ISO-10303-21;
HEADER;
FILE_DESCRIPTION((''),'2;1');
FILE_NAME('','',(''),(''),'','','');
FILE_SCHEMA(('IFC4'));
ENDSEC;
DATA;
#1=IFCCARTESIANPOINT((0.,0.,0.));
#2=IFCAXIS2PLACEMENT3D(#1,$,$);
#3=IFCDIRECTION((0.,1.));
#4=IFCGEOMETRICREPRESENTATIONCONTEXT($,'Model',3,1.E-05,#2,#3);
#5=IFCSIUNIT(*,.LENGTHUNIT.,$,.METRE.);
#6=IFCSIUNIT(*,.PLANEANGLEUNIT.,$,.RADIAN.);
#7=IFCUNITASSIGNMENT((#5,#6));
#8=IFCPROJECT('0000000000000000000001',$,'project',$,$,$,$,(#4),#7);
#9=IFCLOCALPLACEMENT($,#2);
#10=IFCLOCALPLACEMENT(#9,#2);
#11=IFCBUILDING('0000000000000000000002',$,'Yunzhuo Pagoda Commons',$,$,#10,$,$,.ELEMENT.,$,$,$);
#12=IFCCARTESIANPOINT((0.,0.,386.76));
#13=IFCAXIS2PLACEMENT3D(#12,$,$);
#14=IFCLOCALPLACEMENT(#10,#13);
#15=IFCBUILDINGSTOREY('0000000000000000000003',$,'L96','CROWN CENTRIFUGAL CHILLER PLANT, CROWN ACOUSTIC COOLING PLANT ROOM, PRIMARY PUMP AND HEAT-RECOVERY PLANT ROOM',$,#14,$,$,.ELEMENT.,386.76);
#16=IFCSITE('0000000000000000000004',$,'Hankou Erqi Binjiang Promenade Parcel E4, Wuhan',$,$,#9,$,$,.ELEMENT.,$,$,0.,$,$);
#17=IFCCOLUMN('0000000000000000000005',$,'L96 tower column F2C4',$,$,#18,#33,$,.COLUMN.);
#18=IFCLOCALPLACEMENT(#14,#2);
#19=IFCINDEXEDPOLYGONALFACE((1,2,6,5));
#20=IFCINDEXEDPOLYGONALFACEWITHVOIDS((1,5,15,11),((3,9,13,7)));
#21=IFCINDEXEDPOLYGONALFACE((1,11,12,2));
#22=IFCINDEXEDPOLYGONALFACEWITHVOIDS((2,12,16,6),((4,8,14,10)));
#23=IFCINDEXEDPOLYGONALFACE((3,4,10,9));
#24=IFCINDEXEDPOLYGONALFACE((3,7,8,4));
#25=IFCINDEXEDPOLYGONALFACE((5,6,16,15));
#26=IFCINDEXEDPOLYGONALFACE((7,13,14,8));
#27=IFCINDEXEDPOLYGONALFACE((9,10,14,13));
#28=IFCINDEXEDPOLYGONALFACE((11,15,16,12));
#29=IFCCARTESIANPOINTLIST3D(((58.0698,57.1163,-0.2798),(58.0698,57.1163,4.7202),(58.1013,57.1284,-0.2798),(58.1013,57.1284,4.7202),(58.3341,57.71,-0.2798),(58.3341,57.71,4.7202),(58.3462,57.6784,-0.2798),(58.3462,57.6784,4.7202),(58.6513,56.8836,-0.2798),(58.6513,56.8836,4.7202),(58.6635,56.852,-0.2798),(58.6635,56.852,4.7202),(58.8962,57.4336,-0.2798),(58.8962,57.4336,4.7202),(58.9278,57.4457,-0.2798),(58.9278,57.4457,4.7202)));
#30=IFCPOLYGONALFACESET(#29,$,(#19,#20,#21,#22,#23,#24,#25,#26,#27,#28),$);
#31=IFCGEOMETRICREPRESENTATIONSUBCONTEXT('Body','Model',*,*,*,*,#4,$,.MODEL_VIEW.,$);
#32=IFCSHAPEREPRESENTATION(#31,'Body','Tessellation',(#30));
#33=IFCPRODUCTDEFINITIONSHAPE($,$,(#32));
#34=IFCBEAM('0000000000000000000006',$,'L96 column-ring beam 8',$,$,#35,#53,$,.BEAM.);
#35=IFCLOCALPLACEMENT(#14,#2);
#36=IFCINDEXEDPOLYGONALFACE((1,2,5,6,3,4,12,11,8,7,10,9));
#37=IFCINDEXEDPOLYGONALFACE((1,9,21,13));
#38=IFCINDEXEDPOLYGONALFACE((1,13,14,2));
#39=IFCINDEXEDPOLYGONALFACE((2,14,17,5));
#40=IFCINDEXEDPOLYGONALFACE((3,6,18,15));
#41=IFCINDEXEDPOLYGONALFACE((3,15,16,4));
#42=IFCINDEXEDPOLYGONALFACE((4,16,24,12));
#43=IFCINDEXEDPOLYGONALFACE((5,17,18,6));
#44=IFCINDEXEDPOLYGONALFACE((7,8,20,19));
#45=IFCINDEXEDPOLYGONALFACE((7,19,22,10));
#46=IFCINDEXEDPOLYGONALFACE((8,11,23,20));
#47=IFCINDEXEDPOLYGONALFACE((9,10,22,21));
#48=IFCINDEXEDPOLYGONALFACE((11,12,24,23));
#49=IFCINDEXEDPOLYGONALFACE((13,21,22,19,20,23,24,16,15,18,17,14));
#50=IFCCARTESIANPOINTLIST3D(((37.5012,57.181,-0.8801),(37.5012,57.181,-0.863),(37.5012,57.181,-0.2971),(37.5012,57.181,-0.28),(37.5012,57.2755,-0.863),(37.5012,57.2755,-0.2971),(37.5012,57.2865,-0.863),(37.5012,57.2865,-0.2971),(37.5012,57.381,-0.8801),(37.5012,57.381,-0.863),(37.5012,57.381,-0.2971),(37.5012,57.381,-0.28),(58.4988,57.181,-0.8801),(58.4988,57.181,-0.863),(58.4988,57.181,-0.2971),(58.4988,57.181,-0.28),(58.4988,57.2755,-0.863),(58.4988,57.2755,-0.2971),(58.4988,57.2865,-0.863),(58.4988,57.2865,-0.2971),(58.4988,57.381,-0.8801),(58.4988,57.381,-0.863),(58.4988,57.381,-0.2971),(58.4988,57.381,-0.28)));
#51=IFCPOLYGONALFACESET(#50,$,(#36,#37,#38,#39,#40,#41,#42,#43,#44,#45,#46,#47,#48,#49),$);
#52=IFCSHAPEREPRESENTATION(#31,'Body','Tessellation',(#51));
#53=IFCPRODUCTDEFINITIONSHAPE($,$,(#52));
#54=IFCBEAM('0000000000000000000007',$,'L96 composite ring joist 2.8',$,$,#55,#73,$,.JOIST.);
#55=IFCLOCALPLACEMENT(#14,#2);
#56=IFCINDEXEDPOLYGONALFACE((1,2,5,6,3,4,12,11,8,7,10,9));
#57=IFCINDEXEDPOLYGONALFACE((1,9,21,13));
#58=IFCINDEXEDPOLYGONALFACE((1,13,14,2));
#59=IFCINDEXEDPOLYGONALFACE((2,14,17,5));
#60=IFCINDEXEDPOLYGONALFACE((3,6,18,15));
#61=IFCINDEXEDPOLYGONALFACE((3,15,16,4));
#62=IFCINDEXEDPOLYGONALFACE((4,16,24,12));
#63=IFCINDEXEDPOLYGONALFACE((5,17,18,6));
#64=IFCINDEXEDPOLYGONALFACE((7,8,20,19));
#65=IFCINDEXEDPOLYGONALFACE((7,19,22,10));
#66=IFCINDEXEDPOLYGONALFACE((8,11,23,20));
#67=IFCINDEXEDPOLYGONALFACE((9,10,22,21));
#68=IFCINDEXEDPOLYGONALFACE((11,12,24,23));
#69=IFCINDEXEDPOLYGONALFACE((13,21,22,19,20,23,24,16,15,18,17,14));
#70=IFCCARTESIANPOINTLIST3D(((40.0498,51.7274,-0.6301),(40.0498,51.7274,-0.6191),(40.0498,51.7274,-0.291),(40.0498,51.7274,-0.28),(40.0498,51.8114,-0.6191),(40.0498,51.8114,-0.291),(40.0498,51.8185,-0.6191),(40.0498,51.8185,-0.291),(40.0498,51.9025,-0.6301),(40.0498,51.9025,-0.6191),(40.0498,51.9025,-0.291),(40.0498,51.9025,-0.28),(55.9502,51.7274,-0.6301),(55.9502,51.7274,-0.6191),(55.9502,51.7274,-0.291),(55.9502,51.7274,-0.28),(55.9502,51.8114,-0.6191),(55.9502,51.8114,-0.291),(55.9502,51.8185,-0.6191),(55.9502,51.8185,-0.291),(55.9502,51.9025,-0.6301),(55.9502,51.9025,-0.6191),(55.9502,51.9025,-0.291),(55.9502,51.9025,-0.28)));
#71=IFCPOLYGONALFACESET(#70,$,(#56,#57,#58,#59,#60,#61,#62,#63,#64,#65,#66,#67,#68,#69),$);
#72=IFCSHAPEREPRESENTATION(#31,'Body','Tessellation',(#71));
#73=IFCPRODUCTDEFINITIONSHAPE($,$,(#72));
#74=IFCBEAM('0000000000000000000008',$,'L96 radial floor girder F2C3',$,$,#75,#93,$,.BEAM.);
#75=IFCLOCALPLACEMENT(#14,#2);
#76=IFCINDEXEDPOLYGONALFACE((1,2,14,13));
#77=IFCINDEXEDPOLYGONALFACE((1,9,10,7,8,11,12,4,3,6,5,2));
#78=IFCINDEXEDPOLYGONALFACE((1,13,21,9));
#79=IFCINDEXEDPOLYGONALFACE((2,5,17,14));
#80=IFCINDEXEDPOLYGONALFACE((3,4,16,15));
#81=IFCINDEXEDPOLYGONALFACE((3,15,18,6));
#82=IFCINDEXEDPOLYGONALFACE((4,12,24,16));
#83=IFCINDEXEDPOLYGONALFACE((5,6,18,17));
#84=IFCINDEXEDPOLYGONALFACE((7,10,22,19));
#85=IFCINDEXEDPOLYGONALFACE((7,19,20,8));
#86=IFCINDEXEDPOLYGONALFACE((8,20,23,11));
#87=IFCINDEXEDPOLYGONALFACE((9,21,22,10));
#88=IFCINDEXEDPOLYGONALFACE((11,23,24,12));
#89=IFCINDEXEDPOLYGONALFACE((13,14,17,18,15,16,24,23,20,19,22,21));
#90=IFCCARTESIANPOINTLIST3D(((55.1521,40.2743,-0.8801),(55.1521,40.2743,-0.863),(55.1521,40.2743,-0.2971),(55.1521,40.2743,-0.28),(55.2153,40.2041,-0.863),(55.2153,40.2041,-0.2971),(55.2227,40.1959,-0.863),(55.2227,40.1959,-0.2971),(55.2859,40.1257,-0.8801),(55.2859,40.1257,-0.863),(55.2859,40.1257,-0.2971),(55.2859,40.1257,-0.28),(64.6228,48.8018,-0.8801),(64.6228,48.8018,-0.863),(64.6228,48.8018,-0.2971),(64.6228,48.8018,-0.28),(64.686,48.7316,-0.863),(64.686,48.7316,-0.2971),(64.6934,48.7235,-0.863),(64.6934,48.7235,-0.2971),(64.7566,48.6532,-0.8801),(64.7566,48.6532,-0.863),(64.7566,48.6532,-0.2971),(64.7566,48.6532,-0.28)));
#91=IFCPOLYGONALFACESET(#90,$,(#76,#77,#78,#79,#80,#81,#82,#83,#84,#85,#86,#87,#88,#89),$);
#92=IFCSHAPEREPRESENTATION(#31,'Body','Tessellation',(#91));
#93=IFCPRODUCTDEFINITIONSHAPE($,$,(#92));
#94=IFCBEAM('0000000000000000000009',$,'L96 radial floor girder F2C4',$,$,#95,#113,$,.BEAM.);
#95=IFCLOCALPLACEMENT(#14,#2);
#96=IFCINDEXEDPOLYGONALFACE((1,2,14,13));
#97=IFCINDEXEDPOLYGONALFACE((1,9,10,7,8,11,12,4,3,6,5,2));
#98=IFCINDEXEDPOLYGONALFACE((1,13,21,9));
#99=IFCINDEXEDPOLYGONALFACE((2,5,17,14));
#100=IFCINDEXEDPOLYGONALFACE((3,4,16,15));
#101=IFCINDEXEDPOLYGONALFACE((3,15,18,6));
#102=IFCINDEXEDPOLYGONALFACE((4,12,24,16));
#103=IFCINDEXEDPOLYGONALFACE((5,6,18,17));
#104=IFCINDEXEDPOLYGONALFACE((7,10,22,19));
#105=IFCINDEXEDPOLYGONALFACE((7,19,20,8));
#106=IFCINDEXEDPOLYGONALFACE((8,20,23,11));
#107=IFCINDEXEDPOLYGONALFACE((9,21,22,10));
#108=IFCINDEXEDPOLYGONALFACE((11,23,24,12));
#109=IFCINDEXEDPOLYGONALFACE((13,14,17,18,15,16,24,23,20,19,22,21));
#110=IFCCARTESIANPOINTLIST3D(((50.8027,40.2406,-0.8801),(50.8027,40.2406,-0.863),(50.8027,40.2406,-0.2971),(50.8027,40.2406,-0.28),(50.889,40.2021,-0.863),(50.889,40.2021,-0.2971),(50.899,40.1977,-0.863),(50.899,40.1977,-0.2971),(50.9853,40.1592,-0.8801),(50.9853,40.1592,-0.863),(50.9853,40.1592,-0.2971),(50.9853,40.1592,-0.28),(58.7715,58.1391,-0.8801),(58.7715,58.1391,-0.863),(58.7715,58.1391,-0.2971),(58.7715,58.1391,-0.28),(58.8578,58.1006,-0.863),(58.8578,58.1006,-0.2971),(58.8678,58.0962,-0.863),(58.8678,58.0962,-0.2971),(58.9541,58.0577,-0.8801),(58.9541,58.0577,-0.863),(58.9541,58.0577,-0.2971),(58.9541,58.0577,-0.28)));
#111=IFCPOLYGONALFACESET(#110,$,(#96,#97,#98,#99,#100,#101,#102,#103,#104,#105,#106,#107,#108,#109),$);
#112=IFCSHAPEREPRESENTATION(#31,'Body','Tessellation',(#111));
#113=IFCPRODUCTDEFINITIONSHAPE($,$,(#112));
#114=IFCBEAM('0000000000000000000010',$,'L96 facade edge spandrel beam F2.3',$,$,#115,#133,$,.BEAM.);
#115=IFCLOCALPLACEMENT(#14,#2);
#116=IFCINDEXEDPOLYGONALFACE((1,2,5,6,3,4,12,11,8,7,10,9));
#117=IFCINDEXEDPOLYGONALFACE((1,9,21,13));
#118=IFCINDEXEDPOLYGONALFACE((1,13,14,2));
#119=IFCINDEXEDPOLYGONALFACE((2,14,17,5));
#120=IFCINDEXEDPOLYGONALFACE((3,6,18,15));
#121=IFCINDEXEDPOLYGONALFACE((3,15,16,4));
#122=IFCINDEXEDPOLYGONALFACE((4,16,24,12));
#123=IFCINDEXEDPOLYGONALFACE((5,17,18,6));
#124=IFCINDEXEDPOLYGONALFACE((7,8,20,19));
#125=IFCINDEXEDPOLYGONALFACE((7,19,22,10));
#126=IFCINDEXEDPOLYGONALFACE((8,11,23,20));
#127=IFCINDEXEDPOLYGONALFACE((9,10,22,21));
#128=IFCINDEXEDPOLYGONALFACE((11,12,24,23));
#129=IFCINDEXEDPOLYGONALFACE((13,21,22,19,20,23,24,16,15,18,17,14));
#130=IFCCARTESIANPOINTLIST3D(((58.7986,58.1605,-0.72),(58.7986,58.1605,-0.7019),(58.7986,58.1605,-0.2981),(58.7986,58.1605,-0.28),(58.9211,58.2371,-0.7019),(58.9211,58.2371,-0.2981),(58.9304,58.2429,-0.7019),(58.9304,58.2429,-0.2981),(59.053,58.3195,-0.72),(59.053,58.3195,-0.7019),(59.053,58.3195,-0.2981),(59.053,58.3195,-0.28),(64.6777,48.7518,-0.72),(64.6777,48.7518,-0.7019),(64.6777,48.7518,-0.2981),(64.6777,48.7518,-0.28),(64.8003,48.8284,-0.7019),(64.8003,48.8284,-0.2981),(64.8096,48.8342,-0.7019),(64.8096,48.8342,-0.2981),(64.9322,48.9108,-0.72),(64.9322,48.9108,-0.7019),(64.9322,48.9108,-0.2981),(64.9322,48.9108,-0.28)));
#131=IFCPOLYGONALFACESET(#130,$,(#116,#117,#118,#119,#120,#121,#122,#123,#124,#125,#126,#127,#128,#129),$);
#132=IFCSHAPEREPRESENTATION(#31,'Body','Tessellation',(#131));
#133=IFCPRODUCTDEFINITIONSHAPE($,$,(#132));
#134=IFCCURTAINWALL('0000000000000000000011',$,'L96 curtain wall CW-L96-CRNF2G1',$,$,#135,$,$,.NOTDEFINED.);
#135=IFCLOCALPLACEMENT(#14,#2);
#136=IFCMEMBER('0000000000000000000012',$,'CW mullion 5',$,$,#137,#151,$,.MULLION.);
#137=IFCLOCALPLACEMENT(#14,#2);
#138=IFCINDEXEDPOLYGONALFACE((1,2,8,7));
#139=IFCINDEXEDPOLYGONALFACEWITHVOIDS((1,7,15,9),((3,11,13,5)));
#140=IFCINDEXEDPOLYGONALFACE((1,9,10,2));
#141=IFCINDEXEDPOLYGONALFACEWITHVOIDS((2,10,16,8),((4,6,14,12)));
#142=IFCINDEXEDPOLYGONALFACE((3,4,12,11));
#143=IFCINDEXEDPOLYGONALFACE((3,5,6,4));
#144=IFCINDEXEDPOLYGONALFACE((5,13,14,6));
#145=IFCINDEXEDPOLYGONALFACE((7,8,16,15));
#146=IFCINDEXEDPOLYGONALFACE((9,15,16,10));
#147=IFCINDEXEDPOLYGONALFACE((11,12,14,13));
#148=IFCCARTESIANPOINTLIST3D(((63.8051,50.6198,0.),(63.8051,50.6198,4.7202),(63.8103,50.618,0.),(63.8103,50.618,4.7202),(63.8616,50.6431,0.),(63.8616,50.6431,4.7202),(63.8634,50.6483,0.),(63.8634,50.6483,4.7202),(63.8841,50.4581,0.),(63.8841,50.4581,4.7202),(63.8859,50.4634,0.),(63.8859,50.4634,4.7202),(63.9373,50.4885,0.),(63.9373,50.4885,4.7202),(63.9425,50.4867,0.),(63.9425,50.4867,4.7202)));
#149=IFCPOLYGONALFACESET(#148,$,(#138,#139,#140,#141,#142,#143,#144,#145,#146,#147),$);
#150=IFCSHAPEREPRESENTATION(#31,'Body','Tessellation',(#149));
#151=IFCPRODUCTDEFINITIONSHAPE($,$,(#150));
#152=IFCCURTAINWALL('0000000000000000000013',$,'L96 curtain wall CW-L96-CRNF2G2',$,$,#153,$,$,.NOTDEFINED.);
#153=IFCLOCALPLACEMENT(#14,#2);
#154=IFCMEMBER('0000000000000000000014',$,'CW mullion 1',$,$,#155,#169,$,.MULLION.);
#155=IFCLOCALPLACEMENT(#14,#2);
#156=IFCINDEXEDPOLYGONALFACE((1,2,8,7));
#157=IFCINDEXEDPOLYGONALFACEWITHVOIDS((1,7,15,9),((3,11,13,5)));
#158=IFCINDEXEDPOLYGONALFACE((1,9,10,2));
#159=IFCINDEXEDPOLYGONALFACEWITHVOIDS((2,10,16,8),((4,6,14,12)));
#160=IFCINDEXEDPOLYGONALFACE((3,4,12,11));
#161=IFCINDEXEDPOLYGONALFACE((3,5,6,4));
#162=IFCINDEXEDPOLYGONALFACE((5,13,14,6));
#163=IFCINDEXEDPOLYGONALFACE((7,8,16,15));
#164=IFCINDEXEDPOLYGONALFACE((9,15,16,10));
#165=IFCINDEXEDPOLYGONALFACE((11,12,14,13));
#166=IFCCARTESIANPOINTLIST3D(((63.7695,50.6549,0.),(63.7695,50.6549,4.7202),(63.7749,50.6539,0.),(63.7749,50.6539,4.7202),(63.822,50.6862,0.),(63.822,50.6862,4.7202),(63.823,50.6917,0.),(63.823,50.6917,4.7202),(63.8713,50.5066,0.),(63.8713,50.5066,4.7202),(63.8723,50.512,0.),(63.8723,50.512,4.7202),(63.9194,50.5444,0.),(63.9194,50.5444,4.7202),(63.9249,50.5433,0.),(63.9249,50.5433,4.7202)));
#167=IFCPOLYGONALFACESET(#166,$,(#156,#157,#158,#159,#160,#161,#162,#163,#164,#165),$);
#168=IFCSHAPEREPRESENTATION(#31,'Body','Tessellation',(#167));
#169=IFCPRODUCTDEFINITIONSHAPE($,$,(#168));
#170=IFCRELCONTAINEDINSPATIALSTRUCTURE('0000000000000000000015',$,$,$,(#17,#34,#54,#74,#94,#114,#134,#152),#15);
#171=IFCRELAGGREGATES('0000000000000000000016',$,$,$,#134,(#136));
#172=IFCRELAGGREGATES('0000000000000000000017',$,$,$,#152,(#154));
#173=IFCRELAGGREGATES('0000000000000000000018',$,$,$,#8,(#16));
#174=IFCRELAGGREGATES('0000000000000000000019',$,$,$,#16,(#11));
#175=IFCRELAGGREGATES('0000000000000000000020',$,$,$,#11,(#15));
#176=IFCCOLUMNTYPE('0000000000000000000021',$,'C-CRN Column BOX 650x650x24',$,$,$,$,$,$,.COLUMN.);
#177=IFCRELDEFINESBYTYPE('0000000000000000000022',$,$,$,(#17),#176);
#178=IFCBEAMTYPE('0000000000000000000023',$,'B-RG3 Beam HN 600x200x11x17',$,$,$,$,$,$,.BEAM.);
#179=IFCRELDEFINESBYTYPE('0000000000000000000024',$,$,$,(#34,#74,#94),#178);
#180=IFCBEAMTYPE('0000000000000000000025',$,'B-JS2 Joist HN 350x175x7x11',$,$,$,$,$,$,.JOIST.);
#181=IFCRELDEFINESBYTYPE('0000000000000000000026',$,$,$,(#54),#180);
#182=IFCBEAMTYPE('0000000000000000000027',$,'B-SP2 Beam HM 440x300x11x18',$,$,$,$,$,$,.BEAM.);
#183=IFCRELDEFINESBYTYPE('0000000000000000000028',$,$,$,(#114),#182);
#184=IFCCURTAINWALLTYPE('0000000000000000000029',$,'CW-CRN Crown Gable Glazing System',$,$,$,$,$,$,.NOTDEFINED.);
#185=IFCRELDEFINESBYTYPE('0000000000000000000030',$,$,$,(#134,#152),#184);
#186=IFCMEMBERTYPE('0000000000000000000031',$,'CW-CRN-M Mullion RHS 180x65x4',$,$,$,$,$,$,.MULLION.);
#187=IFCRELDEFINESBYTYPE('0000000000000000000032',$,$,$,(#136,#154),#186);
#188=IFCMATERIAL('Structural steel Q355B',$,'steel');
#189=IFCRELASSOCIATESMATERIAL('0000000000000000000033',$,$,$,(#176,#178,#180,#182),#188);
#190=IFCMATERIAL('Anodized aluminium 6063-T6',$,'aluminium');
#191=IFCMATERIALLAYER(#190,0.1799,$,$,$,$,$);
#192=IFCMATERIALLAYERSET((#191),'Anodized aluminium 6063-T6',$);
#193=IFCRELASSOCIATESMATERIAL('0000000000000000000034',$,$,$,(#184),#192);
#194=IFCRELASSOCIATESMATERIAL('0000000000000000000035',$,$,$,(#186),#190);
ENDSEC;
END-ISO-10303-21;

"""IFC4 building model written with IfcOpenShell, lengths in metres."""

from ifc_helpers import new_model, si_unit, direction, frame, origin, origin_2d, place, context, subcontext, project, spatial, hollow_rectangle, i_section, extrude, source, transform, mapped, material, layer, layer_set, material_profile, profile_set, type_object, element, aggregate, save


model = new_model("IFC4")

# Units and contexts
model_context = context("Model", 3, precision=1e-05, world=origin(), true_north=direction((0.0, 1.0)))
body_context = subcontext(model_context, "Body", "Model", "MODEL_VIEW")
ifc_project = project(units=[si_unit("LENGTHUNIT", "METRE"), si_unit("PLANEANGLEUNIT", "RADIAN")], contexts=[model_context])

# Site, building, storey
site_placement = place(None, origin())
site = spatial("IfcSite", under=ifc_project, at=site_placement, Name="Hankou Erqi Binjiang Promenade Parcel E4, Wuhan", CompositionType="ELEMENT", RefElevation=0.0)
building_placement = place(site_placement, origin())
building = spatial("IfcBuilding", under=site, at=building_placement, Name="Yunzhuo Pagoda Commons", CompositionType="ELEMENT")
storey_placement = place(building_placement, frame((0.0, 0.0, 386.76)))
storey = spatial("IfcBuildingStorey", under=building, at=storey_placement, Name="L96", Description="CROWN CENTRIFUGAL CHILLER PLANT, CROWN ACOUSTIC COOLING PLANT ROOM, PRIMARY PUMP AND HEAT-RECOVERY PLANT ROOM", CompositionType="ELEMENT", Elevation=386.76)

# Column
ifc_material_1 = material(Name="Structural steel Q355B", Category="steel")
ifc_material_profile_1 = material_profile(ifc_material_1, hollow_rectangle(XDim=0.6499, YDim=0.6499, WallThickness=0.0239, at=origin_2d()), Name="Structural steel Q355B")
ifc_profile_set_1 = profile_set([ifc_material_profile_1], Name="Structural steel Q355B")
column_type = type_object("IfcColumnType", Name="C-CRN Column BOX 650x650x24", PredefinedType="COLUMN", material=ifc_profile_set_1)
shared_shape_1 = source(origin(), body_context, "Body", "SweptSolid", [
    extrude(hollow_rectangle(XDim=0.6499, YDim=0.6499, WallThickness=0.0239, at=origin_2d()), origin(), (0.0, 0.0, 1.0), 5.0),
])
column_placement = place(storey_placement, frame((58.4988, 57.281, -0.2798), z_axis=(0.0, 0.0, 1.0), x_axis=(-0.913545, 0.406737, 0.0)))
element("IfcColumn", 1, at=column_placement, inside=storey, type_object=column_type, Name="L96 tower column F2C4", PredefinedType="COLUMN", context=body_context, shape_type="MappedRepresentation", body=[
    mapped(shared_shape_1, transform((0.0, 0.0, 0.0), scale=1.0)),
])

# Beams
ifc_material_profile_2 = material_profile(ifc_material_1, i_section(OverallWidth=0.2, OverallDepth=0.6001, WebThickness=0.011, FlangeThickness=0.0171, at=origin_2d()), Name="Structural steel Q355B")
ifc_profile_set_2 = profile_set([ifc_material_profile_2], Name="Structural steel Q355B")
beam_type_1 = type_object("IfcBeamType", Name="B-RG3 Beam HN 600x200x11x17", PredefinedType="BEAM", material=ifc_profile_set_2)
shared_shape_2 = source(origin(), body_context, "Body", "SweptSolid", [
    extrude(i_section(OverallWidth=0.2, OverallDepth=0.6001, WebThickness=0.011, FlangeThickness=0.0171, at=origin_2d()), origin(), (0.0, 0.0, 1.0), 20.9976),
])
beam_1_placement = place(storey_placement, frame((58.4988, 57.281, -0.5801), z_axis=(-1.0, 0.0, 0.0), x_axis=(0.0, -1.0, 0.0)))
element("IfcBeam", 2, at=beam_1_placement, inside=storey, type_object=beam_type_1, Name="L96 column-ring beam 8", PredefinedType="BEAM", context=body_context, shape_type="MappedRepresentation", body=[
    mapped(shared_shape_2, transform((0.0, 0.0, 0.0), scale=1.0)),
])
ifc_material_profile_3 = material_profile(ifc_material_1, i_section(OverallWidth=0.175, OverallDepth=0.3501, WebThickness=0.0071, FlangeThickness=0.011, at=origin_2d()), Name="Structural steel Q355B")
ifc_profile_set_3 = profile_set([ifc_material_profile_3], Name="Structural steel Q355B")
beam_type_2 = type_object("IfcBeamType", Name="B-JS2 Joist HN 350x175x7x11", PredefinedType="JOIST", material=ifc_profile_set_3)
shared_shape_3 = source(origin(), body_context, "Body", "SweptSolid", [
    extrude(i_section(OverallWidth=0.175, OverallDepth=0.3501, WebThickness=0.0071, FlangeThickness=0.011, at=origin_2d()), origin(), (0.0, 0.0, 1.0), 15.9004),
])
beam_2_placement = place(storey_placement, frame((55.9502, 51.8149, -0.4551), z_axis=(-1.0, 0.0, 0.0), x_axis=(0.0, -1.0, 0.0)))
element("IfcBeam", 3, at=beam_2_placement, inside=storey, type_object=beam_type_2, Name="L96 composite ring joist 2.8", PredefinedType="JOIST", context=body_context, shape_type="MappedRepresentation", body=[
    mapped(shared_shape_3, transform((0.0, 0.0, 0.0), scale=1.0)),
])
shared_shape_4 = source(origin(), body_context, "Body", "SweptSolid", [
    extrude(i_section(OverallWidth=0.2, OverallDepth=0.6001, WebThickness=0.011, FlangeThickness=0.0171, at=origin_2d()), origin(), (0.0, 0.0, 1.0), 12.7441),
])
beam_3_placement = place(storey_placement, frame((64.6897, 48.7275, -0.5801), z_axis=(-0.74314, -0.669136, 0.0), x_axis=(0.669136, -0.74314, 0.0)))
element("IfcBeam", 4, at=beam_3_placement, inside=storey, type_object=beam_type_1, Name="L96 radial floor girder F2C3", PredefinedType="BEAM", context=body_context, shape_type="MappedRepresentation", body=[
    mapped(shared_shape_4, transform((0.0, 0.0, 0.0), scale=1.0)),
])
shared_shape_5 = source(origin(), body_context, "Body", "SweptSolid", [
    extrude(i_section(OverallWidth=0.2, OverallDepth=0.6001, WebThickness=0.011, FlangeThickness=0.0171, at=origin_2d()), origin(), (0.0, 0.0, 1.0), 19.5923),
])
beam_4_placement = place(storey_placement, frame((58.8628, 58.0984, -0.5801), z_axis=(-0.40673, -0.913548, 0.0), x_axis=(0.913548, -0.40673, 0.0)))
element("IfcBeam", 5, at=beam_4_placement, inside=storey, type_object=beam_type_1, Name="L96 radial floor girder F2C4", PredefinedType="BEAM", context=body_context, shape_type="MappedRepresentation", body=[
    mapped(shared_shape_5, transform((0.0, 0.0, 0.0), scale=1.0)),
])
ifc_material_profile_4 = material_profile(ifc_material_1, i_section(OverallWidth=0.3, OverallDepth=0.4399, WebThickness=0.011, FlangeThickness=0.0181, at=origin_2d()), Name="Structural steel Q355B")
ifc_profile_set_4 = profile_set([ifc_material_profile_4], Name="Structural steel Q355B")
beam_type_3 = type_object("IfcBeamType", Name="B-SP2 Beam HM 440x300x11x18", PredefinedType="BEAM", material=ifc_profile_set_4)
shared_shape_6 = source(origin(), body_context, "Body", "SweptSolid", [
    extrude(i_section(OverallWidth=0.3, OverallDepth=0.4399, WebThickness=0.011, FlangeThickness=0.0181, at=origin_2d()), origin(), (0.0, 0.0, 1.0), 11.0945),
])
beam_5_placement = place(storey_placement, frame((64.8049, 48.8313, -0.5), z_axis=(-0.529916, 0.84805, 0.0), x_axis=(-0.84805, -0.529916, 0.0)))
element("IfcBeam", 6, at=beam_5_placement, inside=storey, type_object=beam_type_3, Name="L96 facade edge spandrel beam F2.3", PredefinedType="BEAM", context=body_context, shape_type="MappedRepresentation", body=[
    mapped(shared_shape_6, transform((0.0, 0.0, 0.0), scale=1.0)),
])

# Curtain wall, member
ifc_material_2 = material(Name="Anodized aluminium 6063-T6", Category="aluminium")
ifc_layer_1 = layer(ifc_material_2, 0.1799)
ifc_layer_set_1 = layer_set([ifc_layer_1], Name="Anodized aluminium 6063-T6")
curtain_wall_type = type_object("IfcCurtainWallType", Name="CW-CRN Crown Gable Glazing System", PredefinedType="NOTDEFINED", material=ifc_layer_set_1)
curtain_wall_1_placement = place(storey_placement, origin())
curtain_wall_1 = element("IfcCurtainWall", 7, at=curtain_wall_1_placement, inside=storey, type_object=curtain_wall_type, Name="L96 curtain wall CW-L96-CRNF2G1", PredefinedType="NOTDEFINED")
ifc_material_profile_5 = material_profile(ifc_material_2, hollow_rectangle(XDim=0.0649, YDim=0.1799, WallThickness=0.0039, at=origin_2d()), Name="Anodized aluminium 6063-T6")
ifc_profile_set_5 = profile_set([ifc_material_profile_5], Name="Anodized aluminium 6063-T6")
member_type_1 = type_object("IfcMemberType", Name="CW-CRN-M Mullion RHS 180x65x4", PredefinedType="MULLION", material=ifc_profile_set_5)
shared_shape_7 = source(origin(), body_context, "Body", "SweptSolid", [
    extrude(hollow_rectangle(XDim=0.0649, YDim=0.1799, WallThickness=0.0039, at=origin_2d()), origin(), (0.0, 0.0, 1.0), 4.7202),
])
member_1_placement = place(storey_placement, frame((63.8738, 50.5532, 0.0), z_axis=(0.0, 0.0, 1.0), x_axis=(-0.898299, -0.439384, 0.0)))
member_1 = element("IfcMember", 8, at=member_1_placement, type_object=member_type_1, Name="CW mullion 5", PredefinedType="MULLION", context=body_context, shape_type="MappedRepresentation", body=[
    mapped(shared_shape_7, transform((0.0, 0.0, 0.0), scale=1.0)),
])
aggregate(curtain_wall_1, [member_1])

# Curtain wall, member
curtain_wall_2_placement = place(storey_placement, origin())
curtain_wall_2 = element("IfcCurtainWall", 9, at=curtain_wall_2_placement, inside=storey, type_object=curtain_wall_type, Name="L96 curtain wall CW-L96-CRNF2G2", PredefinedType="NOTDEFINED")
member_2_placement = place(storey_placement, frame((63.8472, 50.5991, 0.0), z_axis=(0.0, 0.0, 1.0), x_axis=(-0.824296, -0.566159, 0.0)))
member_2 = element("IfcMember", 10, at=member_2_placement, type_object=member_type_1, Name="CW mullion 1", PredefinedType="MULLION", context=body_context, shape_type="MappedRepresentation", body=[
    mapped(shared_shape_7, transform((0.0, 0.0, 0.0), scale=1.0)),
])
aggregate(curtain_wall_2, [member_2])

save(model, "model.ifc")
